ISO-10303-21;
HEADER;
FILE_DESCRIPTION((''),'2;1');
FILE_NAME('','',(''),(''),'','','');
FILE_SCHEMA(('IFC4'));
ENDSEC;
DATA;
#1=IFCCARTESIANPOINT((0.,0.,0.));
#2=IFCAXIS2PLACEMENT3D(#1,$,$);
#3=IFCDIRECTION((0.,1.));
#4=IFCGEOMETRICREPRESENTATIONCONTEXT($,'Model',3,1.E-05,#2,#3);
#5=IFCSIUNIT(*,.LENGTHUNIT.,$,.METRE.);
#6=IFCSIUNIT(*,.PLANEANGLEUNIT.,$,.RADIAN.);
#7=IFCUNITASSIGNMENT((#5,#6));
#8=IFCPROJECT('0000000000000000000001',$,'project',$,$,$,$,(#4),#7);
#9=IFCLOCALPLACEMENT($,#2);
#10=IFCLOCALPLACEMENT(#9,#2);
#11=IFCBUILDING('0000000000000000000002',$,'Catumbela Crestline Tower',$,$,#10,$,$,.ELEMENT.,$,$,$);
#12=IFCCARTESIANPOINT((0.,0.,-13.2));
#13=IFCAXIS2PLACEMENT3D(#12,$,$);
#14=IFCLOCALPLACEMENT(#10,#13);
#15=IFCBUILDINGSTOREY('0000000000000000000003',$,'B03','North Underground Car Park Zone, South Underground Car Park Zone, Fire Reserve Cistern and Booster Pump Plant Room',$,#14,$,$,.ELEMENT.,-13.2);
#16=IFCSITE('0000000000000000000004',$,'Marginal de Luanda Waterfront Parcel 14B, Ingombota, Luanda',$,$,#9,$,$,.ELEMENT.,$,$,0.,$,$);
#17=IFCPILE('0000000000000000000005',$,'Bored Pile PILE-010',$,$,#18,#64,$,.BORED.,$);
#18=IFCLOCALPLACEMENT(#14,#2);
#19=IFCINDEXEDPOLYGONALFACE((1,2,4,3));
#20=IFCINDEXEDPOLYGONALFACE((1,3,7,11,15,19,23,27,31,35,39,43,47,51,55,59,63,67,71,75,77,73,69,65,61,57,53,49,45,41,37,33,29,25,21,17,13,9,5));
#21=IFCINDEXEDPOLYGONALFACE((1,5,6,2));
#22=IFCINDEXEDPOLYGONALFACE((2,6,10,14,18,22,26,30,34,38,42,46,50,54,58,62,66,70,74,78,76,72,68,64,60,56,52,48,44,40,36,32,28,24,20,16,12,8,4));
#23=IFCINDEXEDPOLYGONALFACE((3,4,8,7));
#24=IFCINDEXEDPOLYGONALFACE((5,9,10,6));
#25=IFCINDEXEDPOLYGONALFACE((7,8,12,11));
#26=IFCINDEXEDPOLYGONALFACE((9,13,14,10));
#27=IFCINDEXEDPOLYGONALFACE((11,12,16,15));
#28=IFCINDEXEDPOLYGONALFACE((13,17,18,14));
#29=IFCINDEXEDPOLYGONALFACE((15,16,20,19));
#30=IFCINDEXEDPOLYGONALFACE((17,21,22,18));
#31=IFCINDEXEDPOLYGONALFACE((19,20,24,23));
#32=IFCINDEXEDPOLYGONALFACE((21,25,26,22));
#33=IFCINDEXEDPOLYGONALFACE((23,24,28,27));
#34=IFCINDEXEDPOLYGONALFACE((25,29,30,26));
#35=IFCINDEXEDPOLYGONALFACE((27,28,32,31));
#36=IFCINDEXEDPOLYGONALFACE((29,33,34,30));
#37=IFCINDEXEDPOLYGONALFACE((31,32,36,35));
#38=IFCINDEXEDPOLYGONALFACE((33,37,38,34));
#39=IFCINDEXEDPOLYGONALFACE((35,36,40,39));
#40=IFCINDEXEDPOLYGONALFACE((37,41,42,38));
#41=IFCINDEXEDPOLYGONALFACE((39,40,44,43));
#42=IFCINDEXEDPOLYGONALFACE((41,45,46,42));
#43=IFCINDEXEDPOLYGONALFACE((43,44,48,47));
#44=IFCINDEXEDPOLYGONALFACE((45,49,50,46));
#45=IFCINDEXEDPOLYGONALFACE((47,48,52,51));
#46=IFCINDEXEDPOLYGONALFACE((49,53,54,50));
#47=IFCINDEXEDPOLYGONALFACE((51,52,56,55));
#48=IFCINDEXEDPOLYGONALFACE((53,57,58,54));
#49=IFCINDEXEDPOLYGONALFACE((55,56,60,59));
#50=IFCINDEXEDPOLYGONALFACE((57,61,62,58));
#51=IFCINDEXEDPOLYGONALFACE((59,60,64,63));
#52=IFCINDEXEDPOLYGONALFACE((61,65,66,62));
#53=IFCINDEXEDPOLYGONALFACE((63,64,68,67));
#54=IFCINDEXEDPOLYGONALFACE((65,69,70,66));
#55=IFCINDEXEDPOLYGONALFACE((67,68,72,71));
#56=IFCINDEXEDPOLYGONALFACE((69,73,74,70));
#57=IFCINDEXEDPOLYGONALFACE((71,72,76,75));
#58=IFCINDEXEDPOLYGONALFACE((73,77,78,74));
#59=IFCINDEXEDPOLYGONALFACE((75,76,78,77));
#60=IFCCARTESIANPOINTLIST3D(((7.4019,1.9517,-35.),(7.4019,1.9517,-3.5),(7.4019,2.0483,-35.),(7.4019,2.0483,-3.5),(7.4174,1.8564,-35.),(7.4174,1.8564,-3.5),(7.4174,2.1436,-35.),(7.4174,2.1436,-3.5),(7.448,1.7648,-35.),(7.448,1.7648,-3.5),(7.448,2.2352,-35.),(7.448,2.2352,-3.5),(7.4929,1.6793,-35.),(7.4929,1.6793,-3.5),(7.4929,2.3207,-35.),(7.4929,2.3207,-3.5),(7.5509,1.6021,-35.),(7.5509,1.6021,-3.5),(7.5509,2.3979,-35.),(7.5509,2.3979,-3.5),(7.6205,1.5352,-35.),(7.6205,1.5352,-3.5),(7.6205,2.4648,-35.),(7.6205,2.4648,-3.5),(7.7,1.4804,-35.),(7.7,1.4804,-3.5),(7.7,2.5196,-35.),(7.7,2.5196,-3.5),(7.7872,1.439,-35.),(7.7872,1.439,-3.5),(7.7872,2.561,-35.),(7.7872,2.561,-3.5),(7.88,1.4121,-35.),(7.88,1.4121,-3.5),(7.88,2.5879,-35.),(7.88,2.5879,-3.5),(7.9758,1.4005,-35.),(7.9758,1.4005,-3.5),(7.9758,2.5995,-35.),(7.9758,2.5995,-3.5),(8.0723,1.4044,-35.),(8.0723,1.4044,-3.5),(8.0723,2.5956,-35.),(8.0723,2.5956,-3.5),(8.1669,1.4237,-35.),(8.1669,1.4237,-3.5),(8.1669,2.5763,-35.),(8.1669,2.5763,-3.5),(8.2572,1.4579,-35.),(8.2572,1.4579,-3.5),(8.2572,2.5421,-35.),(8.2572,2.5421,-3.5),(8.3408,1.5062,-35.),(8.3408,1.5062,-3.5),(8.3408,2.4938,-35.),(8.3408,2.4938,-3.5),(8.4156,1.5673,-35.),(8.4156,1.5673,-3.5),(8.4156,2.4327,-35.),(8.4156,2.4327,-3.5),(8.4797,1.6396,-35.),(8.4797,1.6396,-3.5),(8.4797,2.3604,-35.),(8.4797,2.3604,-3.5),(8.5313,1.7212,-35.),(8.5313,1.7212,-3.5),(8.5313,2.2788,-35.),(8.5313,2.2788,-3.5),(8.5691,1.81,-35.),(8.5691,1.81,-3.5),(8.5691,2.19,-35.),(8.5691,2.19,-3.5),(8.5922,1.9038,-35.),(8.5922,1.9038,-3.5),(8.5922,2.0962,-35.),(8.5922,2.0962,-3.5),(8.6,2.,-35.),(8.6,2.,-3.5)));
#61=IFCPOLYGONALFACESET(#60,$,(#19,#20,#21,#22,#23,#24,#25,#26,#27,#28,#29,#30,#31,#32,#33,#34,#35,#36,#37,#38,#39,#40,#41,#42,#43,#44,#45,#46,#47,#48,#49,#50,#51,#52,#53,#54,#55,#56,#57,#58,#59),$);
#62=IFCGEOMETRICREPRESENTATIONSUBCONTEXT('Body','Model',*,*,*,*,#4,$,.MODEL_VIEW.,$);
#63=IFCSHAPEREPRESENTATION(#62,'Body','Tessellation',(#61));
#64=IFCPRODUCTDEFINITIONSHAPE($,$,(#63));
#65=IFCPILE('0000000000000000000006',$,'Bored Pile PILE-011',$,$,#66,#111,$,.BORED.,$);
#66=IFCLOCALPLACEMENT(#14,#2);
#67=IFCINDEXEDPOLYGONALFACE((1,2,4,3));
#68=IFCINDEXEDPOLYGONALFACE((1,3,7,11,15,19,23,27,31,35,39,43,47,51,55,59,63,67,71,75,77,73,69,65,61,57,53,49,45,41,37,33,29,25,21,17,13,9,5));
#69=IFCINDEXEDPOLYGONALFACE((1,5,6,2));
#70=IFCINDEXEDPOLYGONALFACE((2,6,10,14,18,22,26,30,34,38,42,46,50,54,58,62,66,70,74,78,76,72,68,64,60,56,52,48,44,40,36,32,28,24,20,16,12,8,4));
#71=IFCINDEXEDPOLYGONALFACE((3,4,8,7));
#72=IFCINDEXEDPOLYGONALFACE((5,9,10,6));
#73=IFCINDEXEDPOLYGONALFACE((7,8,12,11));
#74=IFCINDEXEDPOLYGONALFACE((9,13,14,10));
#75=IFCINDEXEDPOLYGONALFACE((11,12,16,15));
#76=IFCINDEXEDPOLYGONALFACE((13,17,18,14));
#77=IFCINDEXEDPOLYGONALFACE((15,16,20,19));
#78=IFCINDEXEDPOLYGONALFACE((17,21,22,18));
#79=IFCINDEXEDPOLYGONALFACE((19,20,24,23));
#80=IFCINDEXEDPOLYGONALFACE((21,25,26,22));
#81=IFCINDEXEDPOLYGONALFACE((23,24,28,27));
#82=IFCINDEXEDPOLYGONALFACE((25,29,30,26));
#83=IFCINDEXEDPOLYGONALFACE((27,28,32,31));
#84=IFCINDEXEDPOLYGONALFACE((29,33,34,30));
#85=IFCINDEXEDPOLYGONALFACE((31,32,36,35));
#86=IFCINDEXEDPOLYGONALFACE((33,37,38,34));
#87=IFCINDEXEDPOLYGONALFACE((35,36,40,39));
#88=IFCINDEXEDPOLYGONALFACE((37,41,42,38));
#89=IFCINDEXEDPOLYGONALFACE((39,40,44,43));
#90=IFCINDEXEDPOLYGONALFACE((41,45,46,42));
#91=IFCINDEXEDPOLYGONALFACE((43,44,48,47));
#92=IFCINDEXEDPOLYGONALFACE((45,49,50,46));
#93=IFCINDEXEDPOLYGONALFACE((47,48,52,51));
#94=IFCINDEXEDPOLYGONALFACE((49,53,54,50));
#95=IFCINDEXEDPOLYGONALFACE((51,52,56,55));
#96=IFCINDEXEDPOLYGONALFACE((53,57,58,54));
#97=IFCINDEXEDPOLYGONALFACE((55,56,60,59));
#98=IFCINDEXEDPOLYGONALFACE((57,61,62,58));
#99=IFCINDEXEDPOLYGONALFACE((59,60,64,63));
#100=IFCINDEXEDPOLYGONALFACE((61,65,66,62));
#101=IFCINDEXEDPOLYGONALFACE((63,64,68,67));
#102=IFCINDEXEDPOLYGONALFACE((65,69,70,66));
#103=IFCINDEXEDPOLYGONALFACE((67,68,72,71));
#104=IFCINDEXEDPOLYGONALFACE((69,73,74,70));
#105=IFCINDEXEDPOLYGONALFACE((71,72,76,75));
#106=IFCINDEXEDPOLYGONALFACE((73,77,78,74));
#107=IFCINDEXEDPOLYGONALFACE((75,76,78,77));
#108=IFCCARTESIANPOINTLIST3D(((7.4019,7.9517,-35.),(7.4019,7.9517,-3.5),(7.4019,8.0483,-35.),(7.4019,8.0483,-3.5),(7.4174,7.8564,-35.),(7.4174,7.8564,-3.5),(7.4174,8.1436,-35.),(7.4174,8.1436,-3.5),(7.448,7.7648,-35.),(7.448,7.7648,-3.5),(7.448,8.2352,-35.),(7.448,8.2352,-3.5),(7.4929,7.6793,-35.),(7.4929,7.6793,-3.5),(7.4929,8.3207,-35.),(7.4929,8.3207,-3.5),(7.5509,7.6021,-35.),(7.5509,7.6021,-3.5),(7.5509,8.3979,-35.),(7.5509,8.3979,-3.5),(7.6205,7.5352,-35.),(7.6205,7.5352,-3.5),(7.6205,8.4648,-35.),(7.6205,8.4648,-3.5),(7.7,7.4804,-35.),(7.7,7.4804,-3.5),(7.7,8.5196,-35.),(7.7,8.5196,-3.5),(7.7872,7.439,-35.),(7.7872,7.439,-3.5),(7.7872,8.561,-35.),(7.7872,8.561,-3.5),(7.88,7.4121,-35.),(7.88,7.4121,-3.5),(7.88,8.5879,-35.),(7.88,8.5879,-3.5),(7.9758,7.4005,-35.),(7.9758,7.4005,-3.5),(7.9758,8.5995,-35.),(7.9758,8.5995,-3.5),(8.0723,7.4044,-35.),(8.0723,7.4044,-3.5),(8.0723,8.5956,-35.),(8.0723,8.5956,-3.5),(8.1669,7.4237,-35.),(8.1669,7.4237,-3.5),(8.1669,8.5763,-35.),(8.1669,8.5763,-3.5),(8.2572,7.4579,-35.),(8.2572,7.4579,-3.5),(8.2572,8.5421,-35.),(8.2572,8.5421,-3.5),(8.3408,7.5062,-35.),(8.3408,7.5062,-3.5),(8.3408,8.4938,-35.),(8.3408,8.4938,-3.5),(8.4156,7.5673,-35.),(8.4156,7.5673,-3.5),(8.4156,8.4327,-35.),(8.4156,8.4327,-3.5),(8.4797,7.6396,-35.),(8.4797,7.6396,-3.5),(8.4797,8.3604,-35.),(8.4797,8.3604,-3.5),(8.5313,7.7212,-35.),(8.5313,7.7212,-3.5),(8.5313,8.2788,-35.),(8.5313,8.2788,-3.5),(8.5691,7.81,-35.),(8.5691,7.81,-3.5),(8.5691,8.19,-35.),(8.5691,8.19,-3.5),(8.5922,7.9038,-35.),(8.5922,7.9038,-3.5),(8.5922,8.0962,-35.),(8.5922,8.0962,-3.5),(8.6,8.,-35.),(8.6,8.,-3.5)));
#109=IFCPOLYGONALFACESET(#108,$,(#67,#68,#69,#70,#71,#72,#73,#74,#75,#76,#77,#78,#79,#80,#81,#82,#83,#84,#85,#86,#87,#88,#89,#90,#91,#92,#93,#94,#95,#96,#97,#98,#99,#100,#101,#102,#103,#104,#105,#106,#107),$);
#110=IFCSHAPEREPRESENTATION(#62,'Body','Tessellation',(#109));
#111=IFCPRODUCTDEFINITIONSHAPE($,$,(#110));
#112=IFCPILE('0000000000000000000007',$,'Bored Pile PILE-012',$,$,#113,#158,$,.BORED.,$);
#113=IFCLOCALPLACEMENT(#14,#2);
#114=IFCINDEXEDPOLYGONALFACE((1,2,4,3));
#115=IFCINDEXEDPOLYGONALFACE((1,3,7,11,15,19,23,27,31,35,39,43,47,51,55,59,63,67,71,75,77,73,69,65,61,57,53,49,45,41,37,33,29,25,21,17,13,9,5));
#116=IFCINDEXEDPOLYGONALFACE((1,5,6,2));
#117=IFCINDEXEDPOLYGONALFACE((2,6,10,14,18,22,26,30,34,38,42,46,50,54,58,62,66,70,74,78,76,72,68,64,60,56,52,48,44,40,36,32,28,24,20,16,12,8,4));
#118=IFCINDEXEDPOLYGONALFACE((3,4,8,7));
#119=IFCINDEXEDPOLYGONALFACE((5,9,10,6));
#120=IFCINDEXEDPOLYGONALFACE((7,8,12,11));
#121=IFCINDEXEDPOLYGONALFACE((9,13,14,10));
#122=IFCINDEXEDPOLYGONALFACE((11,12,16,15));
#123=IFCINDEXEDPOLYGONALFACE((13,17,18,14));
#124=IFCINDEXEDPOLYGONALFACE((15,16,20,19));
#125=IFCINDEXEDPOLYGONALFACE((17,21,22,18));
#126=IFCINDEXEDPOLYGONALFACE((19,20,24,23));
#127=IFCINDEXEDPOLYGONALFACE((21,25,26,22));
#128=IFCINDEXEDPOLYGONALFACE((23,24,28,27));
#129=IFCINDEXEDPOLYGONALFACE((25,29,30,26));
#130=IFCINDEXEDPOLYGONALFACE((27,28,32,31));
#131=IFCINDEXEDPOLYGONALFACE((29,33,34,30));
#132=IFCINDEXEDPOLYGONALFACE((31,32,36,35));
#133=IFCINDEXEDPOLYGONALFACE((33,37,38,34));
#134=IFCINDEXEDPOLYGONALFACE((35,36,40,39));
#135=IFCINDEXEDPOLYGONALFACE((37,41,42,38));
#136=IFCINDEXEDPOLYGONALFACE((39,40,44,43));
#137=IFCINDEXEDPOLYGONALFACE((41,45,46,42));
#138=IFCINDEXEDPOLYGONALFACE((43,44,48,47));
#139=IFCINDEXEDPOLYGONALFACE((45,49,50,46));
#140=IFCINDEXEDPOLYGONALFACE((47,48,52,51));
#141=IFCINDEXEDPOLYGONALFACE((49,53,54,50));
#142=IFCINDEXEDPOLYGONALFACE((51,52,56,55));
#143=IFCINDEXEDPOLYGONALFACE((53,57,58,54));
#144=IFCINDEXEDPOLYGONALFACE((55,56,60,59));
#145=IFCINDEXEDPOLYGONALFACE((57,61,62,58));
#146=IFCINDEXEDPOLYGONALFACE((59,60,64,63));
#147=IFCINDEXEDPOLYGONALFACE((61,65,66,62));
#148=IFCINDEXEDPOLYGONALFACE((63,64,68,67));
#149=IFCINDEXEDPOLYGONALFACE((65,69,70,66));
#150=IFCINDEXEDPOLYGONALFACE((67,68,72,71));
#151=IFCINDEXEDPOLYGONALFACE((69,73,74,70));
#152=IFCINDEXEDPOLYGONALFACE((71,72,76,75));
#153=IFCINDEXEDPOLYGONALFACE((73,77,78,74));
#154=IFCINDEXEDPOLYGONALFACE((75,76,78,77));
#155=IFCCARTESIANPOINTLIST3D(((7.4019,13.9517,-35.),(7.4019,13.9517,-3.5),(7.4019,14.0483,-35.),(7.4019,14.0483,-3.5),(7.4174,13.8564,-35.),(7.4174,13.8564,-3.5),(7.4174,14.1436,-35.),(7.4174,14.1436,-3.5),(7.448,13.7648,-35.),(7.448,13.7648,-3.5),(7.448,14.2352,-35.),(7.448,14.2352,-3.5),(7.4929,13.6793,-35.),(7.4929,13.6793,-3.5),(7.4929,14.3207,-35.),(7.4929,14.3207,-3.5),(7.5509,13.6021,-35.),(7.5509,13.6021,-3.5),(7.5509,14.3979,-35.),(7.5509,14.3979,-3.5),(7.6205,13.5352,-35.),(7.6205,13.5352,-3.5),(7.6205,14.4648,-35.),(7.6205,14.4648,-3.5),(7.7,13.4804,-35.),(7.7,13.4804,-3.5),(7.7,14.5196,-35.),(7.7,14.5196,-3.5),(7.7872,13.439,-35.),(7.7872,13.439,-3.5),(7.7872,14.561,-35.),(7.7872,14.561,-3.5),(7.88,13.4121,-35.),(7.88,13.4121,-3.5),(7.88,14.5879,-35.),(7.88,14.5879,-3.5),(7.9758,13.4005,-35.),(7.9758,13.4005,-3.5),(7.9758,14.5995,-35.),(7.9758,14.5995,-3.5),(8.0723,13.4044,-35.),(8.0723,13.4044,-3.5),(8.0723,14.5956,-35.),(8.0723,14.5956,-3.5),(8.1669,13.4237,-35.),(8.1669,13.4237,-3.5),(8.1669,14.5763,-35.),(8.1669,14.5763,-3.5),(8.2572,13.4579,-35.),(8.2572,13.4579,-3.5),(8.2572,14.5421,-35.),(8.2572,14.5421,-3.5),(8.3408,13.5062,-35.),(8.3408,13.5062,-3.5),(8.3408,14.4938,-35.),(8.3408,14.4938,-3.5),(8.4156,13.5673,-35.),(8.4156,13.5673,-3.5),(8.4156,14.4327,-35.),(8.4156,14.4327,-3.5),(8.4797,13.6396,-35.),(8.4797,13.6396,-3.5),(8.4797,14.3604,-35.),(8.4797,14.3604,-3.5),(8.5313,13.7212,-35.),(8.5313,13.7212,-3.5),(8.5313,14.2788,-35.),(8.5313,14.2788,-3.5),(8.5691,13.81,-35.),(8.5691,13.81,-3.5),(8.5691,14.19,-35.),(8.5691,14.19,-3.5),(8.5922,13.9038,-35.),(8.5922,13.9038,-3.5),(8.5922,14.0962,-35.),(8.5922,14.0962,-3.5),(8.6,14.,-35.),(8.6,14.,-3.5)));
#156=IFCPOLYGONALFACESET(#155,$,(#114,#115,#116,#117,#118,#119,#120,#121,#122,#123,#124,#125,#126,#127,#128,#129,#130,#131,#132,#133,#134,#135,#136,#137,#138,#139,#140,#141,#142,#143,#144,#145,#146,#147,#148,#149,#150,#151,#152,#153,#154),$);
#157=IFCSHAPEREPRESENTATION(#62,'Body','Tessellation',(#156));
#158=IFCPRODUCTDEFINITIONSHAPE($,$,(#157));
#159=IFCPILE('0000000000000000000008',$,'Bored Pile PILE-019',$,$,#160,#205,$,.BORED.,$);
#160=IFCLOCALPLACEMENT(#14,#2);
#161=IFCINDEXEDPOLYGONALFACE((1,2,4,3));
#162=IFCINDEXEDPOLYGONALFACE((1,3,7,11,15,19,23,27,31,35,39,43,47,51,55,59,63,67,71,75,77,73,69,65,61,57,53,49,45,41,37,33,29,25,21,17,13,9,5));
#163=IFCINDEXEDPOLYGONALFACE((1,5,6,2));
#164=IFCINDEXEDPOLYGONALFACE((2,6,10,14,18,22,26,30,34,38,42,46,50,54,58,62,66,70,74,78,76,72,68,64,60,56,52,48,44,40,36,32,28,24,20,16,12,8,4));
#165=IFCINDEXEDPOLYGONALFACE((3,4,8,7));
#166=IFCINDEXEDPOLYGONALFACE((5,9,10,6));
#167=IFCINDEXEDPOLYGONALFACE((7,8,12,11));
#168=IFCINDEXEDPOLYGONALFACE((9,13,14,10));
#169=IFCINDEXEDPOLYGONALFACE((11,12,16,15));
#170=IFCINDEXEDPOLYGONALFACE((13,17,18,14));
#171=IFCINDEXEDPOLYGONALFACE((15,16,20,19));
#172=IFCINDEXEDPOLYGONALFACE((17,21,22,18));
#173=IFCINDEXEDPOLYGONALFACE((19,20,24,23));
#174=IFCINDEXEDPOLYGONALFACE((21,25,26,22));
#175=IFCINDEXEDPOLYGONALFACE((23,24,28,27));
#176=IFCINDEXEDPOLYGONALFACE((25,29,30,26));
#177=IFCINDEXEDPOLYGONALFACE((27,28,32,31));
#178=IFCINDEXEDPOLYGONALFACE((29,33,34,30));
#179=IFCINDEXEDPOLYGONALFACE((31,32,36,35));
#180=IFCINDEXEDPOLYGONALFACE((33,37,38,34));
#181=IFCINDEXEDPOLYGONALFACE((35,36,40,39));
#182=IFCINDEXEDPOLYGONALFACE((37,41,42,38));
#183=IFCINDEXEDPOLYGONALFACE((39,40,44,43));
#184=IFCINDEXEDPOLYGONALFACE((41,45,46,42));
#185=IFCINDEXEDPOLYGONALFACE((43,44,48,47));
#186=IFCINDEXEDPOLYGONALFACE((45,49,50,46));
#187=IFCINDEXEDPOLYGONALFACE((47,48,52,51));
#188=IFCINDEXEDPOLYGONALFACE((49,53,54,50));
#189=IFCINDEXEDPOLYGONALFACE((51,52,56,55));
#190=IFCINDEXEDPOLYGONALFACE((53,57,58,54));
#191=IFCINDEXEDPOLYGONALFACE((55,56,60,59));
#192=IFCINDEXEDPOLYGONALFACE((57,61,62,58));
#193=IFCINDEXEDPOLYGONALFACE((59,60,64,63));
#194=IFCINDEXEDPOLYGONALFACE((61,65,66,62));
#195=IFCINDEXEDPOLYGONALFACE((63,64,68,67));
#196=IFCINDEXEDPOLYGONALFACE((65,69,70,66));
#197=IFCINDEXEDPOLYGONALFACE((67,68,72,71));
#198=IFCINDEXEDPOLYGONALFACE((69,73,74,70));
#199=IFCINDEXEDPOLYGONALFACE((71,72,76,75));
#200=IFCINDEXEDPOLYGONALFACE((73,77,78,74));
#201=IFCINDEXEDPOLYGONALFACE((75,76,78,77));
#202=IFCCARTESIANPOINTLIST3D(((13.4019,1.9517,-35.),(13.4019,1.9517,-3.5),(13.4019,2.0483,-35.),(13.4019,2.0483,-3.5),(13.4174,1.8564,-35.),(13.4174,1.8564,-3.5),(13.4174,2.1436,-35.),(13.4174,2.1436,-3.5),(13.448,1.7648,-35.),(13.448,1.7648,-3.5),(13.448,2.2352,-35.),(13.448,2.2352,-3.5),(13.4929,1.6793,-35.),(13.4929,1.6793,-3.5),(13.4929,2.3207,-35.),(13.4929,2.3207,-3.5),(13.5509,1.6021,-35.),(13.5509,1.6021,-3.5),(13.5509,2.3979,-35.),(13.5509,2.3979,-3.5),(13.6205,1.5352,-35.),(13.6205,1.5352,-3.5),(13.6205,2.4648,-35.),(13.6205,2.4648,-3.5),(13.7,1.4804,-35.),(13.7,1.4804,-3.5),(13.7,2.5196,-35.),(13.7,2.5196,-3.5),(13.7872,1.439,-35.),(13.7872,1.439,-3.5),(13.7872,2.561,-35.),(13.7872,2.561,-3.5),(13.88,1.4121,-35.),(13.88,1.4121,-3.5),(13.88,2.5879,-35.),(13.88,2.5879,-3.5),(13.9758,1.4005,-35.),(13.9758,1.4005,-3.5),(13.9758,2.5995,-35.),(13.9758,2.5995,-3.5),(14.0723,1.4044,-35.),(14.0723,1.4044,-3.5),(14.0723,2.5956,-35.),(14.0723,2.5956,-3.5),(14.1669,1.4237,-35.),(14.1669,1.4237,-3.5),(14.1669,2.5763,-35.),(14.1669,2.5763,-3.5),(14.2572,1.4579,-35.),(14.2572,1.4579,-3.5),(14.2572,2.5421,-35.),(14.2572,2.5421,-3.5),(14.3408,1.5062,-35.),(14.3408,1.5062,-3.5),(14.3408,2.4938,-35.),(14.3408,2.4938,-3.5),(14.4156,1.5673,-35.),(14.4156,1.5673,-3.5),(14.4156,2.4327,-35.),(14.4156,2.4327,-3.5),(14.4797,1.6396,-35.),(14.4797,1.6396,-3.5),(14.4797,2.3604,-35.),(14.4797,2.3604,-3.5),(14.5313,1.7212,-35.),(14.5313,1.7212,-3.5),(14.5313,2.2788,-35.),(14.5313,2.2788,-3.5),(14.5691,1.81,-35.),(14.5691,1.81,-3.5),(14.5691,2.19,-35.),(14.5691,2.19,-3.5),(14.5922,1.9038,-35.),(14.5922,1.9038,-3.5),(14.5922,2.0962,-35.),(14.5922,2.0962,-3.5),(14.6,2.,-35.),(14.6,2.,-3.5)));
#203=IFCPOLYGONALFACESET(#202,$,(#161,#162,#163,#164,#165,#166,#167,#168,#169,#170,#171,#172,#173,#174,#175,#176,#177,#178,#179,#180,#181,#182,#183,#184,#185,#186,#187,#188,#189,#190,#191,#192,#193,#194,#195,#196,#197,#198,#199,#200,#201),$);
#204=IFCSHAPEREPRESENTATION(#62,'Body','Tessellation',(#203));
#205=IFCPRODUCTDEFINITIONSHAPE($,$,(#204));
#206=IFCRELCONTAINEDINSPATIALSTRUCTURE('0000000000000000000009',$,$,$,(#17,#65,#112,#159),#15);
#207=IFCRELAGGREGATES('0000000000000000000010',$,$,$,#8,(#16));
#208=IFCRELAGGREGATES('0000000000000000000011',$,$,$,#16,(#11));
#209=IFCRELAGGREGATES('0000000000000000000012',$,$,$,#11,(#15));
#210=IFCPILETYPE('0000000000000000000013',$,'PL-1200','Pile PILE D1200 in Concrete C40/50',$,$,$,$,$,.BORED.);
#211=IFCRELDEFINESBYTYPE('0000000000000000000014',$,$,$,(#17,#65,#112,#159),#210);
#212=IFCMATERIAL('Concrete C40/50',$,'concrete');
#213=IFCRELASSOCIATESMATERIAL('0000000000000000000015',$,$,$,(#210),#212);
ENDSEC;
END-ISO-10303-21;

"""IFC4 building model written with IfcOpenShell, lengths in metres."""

from ifc_helpers import new_model, si_unit, direction, frame, origin, origin_2d, place, context, subcontext, project, spatial, circle, extrude, material, material_profile, profile_set, type_object, element, save


model = new_model("IFC4")

# Units and contexts
model_context = context("Model", 3, precision=1e-05, world=origin(), true_north=direction((0.0, 1.0)))
body_context = subcontext(model_context, "Body", "Model", "MODEL_VIEW")
ifc_project = project(units=[si_unit("LENGTHUNIT", "METRE"), si_unit("PLANEANGLEUNIT", "RADIAN")], contexts=[model_context])

# Site, building, storey
site_placement = place(None, origin())
site = spatial("IfcSite", under=ifc_project, at=site_placement, Name="Marginal de Luanda Waterfront Parcel 14B, Ingombota, Luanda", CompositionType="ELEMENT", RefElevation=0.0)
building_placement = place(site_placement, origin())
building = spatial("IfcBuilding", under=site, at=building_placement, Name="Catumbela Crestline Tower", CompositionType="ELEMENT")
storey_placement = place(building_placement, frame((0.0, 0.0, -13.2)))
storey = spatial("IfcBuildingStorey", under=building, at=storey_placement, Name="B03", Description="North Underground Car Park Zone, South Underground Car Park Zone, Fire Reserve Cistern and Booster Pump Plant Room", CompositionType="ELEMENT", Elevation=-13.2)

# Piles
ifc_material_1 = material(Name="Concrete C40/50", Category="concrete")
ifc_material_profile_1 = material_profile(ifc_material_1, circle(Radius=0.6, at=origin_2d()), Name="PILE D1200")
ifc_profile_set_1 = profile_set([ifc_material_profile_1], Name="Concrete C40/50")
pile_type = type_object("IfcPileType", Name="PL-1200", Description="Pile PILE D1200 in Concrete C40/50", PredefinedType="BORED", material=ifc_profile_set_1)
for number, where, z_axis, x_axis, name in (
    (1, (8.0, 2.0, -3.5), (0.0, 0.0, -1.0), (1.0, 0.0, 0.0), "Bored Pile PILE-010"),
    (2, (8.0, 8.0, -3.5), (0.0, 0.0, -1.0), (1.0, 0.0, 0.0), "Bored Pile PILE-011"),
    (3, (8.0, 14.0, -3.5), (0.0, 0.0, -1.0), (1.0, 0.0, 0.0), "Bored Pile PILE-012"),
    (4, (14.0, 2.0, -3.5), (0.0, 0.0, -1.0), (1.0, 0.0, 0.0), "Bored Pile PILE-019"),
):
    element("IfcPile", number, at=place(storey_placement, frame(where, z_axis=z_axis, x_axis=x_axis)), inside=storey, type_object=pile_type, Name=name, PredefinedType="BORED", context=body_context, shape_type="SweptSolid", body=[
        extrude(circle(Radius=0.6, at=origin_2d()), origin(), (0.0, 0.0, 1.0), 31.5),
    ])

save(model, "model.ifc")
